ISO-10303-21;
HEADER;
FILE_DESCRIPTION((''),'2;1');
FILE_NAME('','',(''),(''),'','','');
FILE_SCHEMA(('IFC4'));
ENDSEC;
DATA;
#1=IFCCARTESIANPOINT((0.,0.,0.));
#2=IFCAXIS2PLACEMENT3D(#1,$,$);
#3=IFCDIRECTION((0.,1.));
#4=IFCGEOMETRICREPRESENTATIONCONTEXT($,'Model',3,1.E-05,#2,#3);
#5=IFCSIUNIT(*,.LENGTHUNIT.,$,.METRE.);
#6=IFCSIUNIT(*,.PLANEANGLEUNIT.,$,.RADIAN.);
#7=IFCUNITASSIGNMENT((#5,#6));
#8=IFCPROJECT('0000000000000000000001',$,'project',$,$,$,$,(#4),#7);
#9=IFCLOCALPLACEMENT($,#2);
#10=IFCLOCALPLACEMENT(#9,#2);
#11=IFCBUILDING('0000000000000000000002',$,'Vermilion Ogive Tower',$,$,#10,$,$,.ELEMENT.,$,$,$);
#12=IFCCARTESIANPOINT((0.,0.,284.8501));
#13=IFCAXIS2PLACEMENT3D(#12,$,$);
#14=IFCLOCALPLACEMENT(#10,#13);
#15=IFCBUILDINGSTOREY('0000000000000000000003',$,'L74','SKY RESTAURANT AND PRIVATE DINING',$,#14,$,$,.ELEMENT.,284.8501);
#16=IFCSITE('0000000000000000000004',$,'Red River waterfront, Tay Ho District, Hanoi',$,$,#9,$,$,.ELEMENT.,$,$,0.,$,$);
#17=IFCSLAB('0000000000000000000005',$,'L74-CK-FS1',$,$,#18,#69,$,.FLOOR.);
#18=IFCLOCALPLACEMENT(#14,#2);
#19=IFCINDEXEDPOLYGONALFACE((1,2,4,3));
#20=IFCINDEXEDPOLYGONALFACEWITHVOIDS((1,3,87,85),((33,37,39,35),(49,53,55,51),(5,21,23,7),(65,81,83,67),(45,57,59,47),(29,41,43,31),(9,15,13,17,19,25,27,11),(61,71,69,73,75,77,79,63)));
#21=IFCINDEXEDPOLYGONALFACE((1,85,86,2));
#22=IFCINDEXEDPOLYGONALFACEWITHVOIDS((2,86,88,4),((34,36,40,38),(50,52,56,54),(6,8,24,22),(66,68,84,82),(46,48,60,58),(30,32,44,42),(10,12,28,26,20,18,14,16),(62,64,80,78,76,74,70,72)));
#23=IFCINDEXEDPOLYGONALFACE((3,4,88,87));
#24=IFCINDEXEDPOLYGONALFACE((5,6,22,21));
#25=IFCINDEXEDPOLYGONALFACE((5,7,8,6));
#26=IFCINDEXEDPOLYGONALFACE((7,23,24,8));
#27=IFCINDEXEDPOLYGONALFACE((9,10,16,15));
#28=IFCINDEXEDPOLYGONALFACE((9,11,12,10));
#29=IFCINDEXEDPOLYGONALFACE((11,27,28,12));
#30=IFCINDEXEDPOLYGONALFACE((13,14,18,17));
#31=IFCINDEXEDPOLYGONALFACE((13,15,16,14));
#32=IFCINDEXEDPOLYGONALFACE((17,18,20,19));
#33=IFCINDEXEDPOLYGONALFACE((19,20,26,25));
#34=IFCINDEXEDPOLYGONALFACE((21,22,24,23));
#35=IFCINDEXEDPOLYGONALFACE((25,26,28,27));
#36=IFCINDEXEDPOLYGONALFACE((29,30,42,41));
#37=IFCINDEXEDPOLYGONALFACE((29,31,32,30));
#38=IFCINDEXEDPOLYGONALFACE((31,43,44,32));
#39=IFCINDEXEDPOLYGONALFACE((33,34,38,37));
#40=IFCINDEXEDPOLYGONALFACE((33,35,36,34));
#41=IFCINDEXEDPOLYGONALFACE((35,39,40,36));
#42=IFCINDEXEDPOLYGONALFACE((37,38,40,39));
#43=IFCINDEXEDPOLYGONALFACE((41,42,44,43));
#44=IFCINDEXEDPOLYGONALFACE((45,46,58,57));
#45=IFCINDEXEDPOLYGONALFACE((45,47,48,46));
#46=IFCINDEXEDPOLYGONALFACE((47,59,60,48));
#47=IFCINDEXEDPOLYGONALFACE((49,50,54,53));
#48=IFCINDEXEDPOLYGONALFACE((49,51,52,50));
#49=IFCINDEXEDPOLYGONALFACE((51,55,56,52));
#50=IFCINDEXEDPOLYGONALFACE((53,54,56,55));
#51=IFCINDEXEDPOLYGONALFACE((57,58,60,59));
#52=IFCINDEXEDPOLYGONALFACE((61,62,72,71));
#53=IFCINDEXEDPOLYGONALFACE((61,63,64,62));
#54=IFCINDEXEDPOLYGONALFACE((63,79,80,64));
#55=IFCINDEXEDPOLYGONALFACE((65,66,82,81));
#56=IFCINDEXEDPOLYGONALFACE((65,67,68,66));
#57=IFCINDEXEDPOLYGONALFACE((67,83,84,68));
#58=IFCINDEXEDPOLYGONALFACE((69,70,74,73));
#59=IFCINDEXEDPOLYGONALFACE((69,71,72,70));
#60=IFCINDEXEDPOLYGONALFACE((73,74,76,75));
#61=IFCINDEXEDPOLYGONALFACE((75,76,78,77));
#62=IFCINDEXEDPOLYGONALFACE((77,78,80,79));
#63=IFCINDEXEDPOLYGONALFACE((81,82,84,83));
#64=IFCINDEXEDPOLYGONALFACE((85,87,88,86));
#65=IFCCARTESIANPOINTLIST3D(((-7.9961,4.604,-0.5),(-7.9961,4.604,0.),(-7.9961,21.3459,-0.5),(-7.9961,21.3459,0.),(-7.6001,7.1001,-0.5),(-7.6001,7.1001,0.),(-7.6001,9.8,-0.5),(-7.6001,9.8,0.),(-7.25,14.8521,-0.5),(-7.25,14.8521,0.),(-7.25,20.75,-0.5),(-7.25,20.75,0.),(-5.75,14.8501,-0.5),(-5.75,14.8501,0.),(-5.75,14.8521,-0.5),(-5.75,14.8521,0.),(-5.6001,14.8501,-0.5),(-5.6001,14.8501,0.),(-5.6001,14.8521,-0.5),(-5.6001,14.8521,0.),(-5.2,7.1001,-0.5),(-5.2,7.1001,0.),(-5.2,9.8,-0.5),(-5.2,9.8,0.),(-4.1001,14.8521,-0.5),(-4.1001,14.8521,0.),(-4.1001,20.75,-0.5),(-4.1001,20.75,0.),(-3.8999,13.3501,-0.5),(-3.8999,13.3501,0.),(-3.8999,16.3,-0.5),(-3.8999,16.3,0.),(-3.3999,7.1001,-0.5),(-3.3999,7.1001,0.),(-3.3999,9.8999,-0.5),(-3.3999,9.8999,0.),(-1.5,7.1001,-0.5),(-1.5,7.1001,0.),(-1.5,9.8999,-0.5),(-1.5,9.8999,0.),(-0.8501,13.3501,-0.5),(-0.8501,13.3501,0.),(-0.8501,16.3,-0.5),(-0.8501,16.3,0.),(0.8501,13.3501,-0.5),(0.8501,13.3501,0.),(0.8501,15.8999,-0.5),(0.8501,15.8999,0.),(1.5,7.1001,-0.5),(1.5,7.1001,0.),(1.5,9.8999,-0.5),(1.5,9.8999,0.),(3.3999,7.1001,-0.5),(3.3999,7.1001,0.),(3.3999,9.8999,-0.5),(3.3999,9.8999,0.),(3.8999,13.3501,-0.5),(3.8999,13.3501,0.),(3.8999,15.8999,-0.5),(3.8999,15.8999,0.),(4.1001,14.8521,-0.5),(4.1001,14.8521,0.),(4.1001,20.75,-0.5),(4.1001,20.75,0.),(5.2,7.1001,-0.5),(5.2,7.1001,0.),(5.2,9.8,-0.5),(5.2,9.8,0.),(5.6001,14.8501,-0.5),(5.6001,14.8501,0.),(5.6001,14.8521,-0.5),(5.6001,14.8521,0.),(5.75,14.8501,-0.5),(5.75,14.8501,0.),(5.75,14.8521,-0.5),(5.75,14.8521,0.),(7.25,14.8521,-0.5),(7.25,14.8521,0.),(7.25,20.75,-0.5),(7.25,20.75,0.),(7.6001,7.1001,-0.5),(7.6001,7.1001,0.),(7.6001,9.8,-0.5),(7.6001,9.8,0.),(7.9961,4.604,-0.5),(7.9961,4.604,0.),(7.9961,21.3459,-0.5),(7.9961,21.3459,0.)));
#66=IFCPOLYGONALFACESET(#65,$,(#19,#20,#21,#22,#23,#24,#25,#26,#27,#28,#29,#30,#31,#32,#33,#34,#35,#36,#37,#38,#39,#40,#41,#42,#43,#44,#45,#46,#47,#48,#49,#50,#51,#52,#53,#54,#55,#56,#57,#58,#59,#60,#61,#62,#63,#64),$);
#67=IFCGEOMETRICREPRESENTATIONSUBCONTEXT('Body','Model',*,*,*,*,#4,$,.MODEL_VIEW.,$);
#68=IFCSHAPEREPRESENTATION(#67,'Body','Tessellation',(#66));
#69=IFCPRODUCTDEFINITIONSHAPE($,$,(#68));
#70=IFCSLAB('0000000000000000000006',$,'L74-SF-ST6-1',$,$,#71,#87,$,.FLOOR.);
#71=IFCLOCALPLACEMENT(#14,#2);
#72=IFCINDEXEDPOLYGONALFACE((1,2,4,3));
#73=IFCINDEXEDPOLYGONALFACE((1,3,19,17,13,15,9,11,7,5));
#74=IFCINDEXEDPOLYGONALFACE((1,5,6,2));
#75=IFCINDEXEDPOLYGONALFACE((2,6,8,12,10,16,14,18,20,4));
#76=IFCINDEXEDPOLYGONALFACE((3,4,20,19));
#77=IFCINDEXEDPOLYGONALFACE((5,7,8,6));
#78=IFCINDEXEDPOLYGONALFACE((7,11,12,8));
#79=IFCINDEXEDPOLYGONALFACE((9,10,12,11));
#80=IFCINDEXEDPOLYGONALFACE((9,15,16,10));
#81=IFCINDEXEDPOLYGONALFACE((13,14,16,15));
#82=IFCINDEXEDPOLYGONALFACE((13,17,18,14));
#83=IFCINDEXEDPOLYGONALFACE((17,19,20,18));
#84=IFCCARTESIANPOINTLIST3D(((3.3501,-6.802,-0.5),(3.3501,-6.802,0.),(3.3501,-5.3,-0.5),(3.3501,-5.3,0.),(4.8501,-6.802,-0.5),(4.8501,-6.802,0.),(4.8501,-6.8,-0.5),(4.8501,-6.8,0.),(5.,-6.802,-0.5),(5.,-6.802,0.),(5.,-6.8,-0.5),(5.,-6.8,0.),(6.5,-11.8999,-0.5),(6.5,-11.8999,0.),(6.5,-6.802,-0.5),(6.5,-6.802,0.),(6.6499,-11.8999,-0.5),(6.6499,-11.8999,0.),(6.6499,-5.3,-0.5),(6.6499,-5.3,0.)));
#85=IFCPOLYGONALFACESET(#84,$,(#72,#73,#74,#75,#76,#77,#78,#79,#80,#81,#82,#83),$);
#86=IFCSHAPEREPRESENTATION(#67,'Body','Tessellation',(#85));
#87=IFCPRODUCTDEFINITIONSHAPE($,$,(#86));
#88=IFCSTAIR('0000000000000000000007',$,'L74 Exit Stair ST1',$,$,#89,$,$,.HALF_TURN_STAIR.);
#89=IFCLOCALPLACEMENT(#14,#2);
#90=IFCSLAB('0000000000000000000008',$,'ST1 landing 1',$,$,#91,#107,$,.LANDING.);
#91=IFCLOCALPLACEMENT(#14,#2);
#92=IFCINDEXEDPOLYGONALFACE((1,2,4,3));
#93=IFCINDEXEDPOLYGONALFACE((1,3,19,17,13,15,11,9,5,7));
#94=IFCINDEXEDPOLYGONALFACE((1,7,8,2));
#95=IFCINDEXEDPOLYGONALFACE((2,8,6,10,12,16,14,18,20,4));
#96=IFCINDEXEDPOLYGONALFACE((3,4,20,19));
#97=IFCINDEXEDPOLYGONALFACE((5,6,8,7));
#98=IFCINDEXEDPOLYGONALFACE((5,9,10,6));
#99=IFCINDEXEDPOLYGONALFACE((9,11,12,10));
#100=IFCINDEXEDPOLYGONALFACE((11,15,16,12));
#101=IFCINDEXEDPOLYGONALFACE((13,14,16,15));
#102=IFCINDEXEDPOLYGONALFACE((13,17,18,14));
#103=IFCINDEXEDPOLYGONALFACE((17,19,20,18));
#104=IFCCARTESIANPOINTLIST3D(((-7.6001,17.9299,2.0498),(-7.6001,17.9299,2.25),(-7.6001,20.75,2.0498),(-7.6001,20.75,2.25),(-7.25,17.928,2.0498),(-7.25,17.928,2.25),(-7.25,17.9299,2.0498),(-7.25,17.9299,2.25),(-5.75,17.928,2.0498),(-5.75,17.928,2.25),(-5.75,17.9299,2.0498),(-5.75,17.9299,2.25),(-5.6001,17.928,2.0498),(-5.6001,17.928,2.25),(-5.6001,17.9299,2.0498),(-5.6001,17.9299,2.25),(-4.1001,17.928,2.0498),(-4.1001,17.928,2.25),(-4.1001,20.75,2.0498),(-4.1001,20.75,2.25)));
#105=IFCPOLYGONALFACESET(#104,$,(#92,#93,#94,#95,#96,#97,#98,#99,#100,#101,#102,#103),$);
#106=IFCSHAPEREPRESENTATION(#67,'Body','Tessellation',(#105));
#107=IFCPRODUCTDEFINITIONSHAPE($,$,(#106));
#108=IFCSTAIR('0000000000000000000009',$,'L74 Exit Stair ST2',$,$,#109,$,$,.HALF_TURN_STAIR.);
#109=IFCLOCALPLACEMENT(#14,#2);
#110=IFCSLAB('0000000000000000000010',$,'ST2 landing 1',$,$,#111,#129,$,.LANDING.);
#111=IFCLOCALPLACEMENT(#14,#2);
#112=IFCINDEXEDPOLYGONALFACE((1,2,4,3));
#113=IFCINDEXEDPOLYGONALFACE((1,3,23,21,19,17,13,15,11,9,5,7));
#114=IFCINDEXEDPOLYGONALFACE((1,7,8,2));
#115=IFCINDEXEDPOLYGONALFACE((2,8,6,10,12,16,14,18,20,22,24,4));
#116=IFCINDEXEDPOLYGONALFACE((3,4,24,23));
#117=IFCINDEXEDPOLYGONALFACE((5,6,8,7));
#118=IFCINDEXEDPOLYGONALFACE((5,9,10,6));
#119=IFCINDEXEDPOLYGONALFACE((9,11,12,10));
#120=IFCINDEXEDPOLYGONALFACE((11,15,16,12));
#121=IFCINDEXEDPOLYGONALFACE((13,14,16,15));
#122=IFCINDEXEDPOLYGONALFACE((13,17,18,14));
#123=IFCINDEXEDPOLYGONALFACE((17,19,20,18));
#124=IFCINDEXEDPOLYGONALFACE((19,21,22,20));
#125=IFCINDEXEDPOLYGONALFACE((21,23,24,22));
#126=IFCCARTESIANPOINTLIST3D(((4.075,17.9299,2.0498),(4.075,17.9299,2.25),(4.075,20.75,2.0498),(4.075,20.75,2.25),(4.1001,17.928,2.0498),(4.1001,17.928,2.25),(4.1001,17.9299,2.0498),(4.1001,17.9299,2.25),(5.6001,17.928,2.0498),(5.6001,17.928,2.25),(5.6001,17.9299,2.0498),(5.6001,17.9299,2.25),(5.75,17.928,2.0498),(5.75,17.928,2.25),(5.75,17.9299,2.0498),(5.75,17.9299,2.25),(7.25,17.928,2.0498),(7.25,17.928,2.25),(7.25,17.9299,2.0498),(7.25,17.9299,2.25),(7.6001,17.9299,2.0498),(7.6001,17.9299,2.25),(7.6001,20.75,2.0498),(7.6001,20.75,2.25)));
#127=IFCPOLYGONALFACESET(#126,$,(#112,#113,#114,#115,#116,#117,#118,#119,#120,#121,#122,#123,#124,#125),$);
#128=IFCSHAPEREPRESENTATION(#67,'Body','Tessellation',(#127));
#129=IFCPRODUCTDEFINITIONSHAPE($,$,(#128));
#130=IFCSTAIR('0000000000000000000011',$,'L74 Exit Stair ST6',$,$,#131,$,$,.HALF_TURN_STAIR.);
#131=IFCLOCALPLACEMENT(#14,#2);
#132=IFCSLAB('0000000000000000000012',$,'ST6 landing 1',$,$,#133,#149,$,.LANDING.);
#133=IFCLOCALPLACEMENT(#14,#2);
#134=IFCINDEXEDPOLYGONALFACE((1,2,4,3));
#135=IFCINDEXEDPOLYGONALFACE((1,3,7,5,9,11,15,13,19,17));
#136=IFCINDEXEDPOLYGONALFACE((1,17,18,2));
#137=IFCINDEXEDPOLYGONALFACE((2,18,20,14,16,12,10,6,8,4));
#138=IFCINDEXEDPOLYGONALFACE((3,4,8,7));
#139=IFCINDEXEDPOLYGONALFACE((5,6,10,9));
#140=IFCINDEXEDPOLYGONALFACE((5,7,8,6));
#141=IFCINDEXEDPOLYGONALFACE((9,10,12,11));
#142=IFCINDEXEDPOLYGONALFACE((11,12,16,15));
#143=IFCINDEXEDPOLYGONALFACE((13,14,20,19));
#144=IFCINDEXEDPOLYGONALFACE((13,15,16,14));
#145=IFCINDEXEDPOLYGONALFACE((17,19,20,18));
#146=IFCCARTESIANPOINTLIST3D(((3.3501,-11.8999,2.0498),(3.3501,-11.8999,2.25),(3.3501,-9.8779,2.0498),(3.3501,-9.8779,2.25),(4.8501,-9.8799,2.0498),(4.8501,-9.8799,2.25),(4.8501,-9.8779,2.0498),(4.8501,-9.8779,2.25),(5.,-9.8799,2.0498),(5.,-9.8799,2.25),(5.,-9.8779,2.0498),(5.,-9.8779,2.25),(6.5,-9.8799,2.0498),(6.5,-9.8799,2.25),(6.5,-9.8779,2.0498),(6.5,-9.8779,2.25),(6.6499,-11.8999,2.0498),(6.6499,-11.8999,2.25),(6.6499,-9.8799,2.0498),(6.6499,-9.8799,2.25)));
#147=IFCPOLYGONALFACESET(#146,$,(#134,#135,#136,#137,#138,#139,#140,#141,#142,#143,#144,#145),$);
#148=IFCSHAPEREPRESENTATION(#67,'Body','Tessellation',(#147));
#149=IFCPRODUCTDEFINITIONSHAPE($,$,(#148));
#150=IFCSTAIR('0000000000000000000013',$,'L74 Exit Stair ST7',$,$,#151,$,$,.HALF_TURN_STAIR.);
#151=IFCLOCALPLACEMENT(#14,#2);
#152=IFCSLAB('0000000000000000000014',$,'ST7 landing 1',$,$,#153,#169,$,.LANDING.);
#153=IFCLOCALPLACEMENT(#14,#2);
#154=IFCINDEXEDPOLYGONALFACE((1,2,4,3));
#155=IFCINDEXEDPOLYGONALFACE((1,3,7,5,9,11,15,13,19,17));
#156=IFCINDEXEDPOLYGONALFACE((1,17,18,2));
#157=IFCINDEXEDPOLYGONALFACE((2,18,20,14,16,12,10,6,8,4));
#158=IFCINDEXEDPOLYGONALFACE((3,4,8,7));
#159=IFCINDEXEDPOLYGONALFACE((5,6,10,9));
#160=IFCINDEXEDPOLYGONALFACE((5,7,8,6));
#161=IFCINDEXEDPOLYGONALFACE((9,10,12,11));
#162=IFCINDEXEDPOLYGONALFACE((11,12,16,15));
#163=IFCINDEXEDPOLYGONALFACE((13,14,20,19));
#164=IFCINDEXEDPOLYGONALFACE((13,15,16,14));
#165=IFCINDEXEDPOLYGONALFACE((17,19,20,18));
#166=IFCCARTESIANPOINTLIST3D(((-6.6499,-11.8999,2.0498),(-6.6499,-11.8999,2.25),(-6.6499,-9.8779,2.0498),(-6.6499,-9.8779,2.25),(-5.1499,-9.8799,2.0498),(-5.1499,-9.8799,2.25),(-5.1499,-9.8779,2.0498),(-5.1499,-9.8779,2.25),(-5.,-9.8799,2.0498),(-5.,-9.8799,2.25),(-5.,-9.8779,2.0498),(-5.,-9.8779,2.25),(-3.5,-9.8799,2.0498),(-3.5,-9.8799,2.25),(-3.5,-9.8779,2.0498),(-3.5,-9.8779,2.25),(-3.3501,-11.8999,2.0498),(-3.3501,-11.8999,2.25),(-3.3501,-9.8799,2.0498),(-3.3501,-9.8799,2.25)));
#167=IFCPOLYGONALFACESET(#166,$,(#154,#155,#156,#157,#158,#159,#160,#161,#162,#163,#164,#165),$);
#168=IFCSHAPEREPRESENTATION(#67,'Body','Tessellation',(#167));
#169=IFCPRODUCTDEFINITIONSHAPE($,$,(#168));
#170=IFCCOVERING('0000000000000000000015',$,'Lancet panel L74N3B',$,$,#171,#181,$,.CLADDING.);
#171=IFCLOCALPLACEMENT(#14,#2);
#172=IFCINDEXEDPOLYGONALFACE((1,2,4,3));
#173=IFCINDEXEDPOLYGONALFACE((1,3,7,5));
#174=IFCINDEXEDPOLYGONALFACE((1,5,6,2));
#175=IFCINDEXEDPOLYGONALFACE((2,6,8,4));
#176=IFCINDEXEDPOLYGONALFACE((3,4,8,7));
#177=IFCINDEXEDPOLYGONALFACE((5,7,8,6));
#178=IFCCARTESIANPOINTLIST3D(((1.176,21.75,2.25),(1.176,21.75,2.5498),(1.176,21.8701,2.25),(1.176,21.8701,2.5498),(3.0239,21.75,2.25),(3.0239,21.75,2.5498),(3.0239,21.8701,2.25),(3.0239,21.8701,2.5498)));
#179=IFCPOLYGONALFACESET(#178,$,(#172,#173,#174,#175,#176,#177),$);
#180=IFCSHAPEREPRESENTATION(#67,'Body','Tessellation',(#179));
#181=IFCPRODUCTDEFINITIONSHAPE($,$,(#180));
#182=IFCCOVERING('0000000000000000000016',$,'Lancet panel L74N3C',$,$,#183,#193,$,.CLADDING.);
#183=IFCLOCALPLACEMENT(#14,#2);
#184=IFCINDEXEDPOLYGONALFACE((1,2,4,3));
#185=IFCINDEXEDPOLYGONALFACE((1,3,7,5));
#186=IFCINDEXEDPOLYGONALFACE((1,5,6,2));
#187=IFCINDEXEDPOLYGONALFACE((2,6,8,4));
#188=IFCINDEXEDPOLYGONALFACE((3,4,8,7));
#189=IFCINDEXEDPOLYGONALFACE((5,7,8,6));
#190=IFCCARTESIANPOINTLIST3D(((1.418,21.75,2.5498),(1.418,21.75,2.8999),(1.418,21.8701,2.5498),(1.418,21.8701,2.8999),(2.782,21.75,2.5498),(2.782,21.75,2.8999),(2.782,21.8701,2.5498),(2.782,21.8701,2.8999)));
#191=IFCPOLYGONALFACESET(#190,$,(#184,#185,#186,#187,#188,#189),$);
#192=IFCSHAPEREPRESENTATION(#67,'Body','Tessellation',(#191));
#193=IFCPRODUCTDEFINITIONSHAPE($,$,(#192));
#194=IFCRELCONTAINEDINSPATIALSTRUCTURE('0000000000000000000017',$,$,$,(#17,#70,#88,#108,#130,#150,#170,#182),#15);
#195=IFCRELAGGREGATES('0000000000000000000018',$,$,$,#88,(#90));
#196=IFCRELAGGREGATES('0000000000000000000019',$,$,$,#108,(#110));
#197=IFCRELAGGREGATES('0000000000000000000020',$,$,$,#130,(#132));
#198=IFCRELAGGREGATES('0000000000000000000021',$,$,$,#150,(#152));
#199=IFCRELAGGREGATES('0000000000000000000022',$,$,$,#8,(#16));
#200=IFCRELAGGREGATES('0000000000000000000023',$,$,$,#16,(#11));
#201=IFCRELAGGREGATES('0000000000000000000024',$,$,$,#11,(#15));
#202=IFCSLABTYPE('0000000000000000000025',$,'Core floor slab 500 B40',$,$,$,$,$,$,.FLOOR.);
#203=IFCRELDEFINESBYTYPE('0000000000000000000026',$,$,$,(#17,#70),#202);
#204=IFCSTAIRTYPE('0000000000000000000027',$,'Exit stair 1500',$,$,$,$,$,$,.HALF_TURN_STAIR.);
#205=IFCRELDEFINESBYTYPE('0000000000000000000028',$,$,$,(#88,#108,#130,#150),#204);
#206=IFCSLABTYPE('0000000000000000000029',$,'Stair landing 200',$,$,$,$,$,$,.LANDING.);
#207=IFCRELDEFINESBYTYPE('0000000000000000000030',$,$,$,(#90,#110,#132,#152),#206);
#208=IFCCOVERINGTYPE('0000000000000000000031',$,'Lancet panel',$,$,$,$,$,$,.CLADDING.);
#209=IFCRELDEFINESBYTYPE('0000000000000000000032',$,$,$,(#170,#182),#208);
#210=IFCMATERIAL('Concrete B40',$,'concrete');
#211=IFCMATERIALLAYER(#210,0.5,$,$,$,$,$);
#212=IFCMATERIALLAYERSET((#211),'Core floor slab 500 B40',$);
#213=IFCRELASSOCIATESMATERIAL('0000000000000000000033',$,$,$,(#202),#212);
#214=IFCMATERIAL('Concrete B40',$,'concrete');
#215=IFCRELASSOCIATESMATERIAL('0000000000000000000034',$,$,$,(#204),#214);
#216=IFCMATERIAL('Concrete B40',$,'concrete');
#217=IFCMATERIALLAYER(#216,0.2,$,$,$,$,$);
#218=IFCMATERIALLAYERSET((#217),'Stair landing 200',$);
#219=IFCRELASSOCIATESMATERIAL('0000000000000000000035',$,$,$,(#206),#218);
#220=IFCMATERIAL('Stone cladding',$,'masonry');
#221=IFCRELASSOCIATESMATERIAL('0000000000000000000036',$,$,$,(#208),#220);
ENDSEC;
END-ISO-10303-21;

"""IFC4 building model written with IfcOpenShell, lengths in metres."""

from ifc_helpers import new_model, si_unit, direction, frame, origin, place, context, subcontext, project, spatial, polyline, outline, extrude, material, layer, layer_set, type_object, element, aggregate, save


model = new_model("IFC4")

# Units and contexts
model_context = context("Model", 3, precision=1e-05, world=origin(), true_north=direction((0.0, 1.0)))
body_context = subcontext(model_context, "Body", "Model", "MODEL_VIEW")
ifc_project = project(units=[si_unit("LENGTHUNIT", "METRE"), si_unit("PLANEANGLEUNIT", "RADIAN")], contexts=[model_context])

# Site, building, storey
site_placement = place(None, origin())
site = spatial("IfcSite", under=ifc_project, at=site_placement, Name="Red River waterfront, Tay Ho District, Hanoi", CompositionType="ELEMENT", RefElevation=0.0)
building_placement = place(site_placement, origin())
building = spatial("IfcBuilding", under=site, at=building_placement, Name="Vermilion Ogive Tower", CompositionType="ELEMENT")
storey_placement = place(building_placement, frame((0.0, 0.0, 284.8501)))
storey = spatial("IfcBuildingStorey", under=building, at=storey_placement, Name="L74", Description="SKY RESTAURANT AND PRIVATE DINING", CompositionType="ELEMENT", Elevation=284.8501)

# Slabs
ifc_material_1 = material(Name="Concrete B40", Category="concrete")
ifc_layer_1 = layer(ifc_material_1, 0.5)
ifc_layer_set_1 = layer_set([ifc_layer_1], Name="Core floor slab 500 B40")
slab_type_1 = type_object("IfcSlabType", Name="Core floor slab 500 B40", PredefinedType="FLOOR", material=ifc_layer_set_1)
slab_1_placement = place(storey_placement, frame((0.0, 0.0, -0.5)))
element("IfcSlab", 1, at=slab_1_placement, inside=storey, type_object=slab_type_1, Name="L74-CK-FS1", PredefinedType="FLOOR", context=body_context, shape_type="SweptSolid", body=[
    extrude(outline(polyline([(7.9961, 21.3459), (-7.9961, 21.3459), (-7.9961, 4.604), (7.9961, 4.604), (7.9961, 21.3459)]), holes=[polyline([(-7.6001, 9.8), (-5.2, 9.8), (-5.2, 7.1001), (-7.6001, 7.1001), (-7.6001, 9.8)]), polyline([(7.6001, 9.8), (7.6001, 7.1001), (5.2, 7.1001), (5.2, 9.8), (7.6001, 9.8)]), polyline([(-1.5, 9.8999), (-1.5, 7.1001), (-3.3999, 7.1001), (-3.3999, 9.8999), (-1.5, 9.8999)]), polyline([(1.5, 9.8999), (3.3999, 9.8999), (3.3999, 7.1001), (1.5, 7.1001), (1.5, 9.8999)]), polyline([(0.8501, 15.8999), (3.8999, 15.8999), (3.8999, 13.3501), (0.8501, 13.3501), (0.8501, 15.8999)]), polyline([(-3.8999, 16.3), (-0.8501, 16.3), (-0.8501, 13.3501), (-3.8999, 13.3501), (-3.8999, 16.3)]), polyline([(-7.25, 14.8521), (-7.25, 20.75), (-4.1001, 20.75), (-4.1001, 14.8521), (-5.6001, 14.8521), (-5.6001, 14.8501), (-5.75, 14.8501), (-5.75, 14.8521), (-7.25, 14.8521)]), polyline([(5.75, 14.8501), (5.6001, 14.8501), (5.6001, 14.8521), (4.1001, 14.8521), (4.1001, 20.75), (7.25, 20.75), (7.25, 14.8521), (5.75, 14.8521), (5.75, 14.8501)])]), origin(), (0.0, 0.0, 1.0), 0.5),
])
slab_2_placement = place(storey_placement, frame((0.0, 0.0, -0.5)))
element("IfcSlab", 2, at=slab_2_placement, inside=storey, type_object=slab_type_1, Name="L74-SF-ST6-1", PredefinedType="FLOOR", context=body_context, shape_type="SweptSolid", body=[
    extrude(outline(polyline([(3.3501, -5.3), (3.3501, -6.802), (4.8501, -6.802), (4.8501, -6.8), (5.0, -6.8), (5.0, -6.802), (6.5, -6.802), (6.5, -11.8999), (6.6499, -11.8999), (6.6499, -5.3), (3.3501, -5.3)])), origin(), (0.0, 0.0, 1.0), 0.5),
])

# Stairs, slabs
ifc_material_2 = material(Name="Concrete B40", Category="concrete")
stair_type = type_object("IfcStairType", Name="Exit stair 1500", PredefinedType="HALF_TURN_STAIR", material=ifc_material_2)
stair_1_placement = place(storey_placement, origin())
stair_1 = element("IfcStair", 3, at=stair_1_placement, inside=storey, type_object=stair_type, Name="L74 Exit Stair ST1", PredefinedType="HALF_TURN_STAIR")
ifc_material_3 = material(Name="Concrete B40", Category="concrete")
ifc_layer_2 = layer(ifc_material_3, 0.2)
ifc_layer_set_2 = layer_set([ifc_layer_2], Name="Stair landing 200")
slab_type_2 = type_object("IfcSlabType", Name="Stair landing 200", PredefinedType="LANDING", material=ifc_layer_set_2)
slab_3_placement = place(storey_placement, frame((0.0, 0.0, 2.0498)))
slab_3 = element("IfcSlab", 4, at=slab_3_placement, type_object=slab_type_2, Name="ST1 landing 1", PredefinedType="LANDING", context=body_context, shape_type="SweptSolid", body=[
    extrude(outline(polyline([(-7.6001, 17.9299), (-7.25, 17.9299), (-7.25, 17.928), (-5.75, 17.928), (-5.75, 17.9299), (-5.6001, 17.9299), (-5.6001, 17.928), (-4.1001, 17.928), (-4.1001, 20.75), (-7.6001, 20.75), (-7.6001, 17.9299)])), origin(), (0.0, 0.0, 1.0), 0.2002),
])
aggregate(stair_1, [slab_3])
stair_2_placement = place(storey_placement, origin())
stair_2 = element("IfcStair", 5, at=stair_2_placement, inside=storey, type_object=stair_type, Name="L74 Exit Stair ST2", PredefinedType="HALF_TURN_STAIR")
slab_4_placement = place(storey_placement, frame((0.0, 0.0, 2.0498)))
slab_4 = element("IfcSlab", 6, at=slab_4_placement, type_object=slab_type_2, Name="ST2 landing 1", PredefinedType="LANDING", context=body_context, shape_type="SweptSolid", body=[
    extrude(outline(polyline([(5.6001, 17.9299), (5.75, 17.9299), (5.75, 17.928), (7.25, 17.928), (7.25, 17.9299), (7.6001, 17.9299), (7.6001, 20.75), (4.075, 20.75), (4.075, 17.9299), (4.1001, 17.9299), (4.1001, 17.928), (5.6001, 17.928), (5.6001, 17.9299)])), origin(), (0.0, 0.0, 1.0), 0.2002),
])
aggregate(stair_2, [slab_4])
stair_3_placement = place(storey_placement, origin())
stair_3 = element("IfcStair", 7, at=stair_3_placement, inside=storey, type_object=stair_type, Name="L74 Exit Stair ST6", PredefinedType="HALF_TURN_STAIR")
slab_5_placement = place(storey_placement, frame((0.0, 0.0, 2.0498)))
slab_5 = element("IfcSlab", 8, at=slab_5_placement, type_object=slab_type_2, Name="ST6 landing 1", PredefinedType="LANDING", context=body_context, shape_type="SweptSolid", body=[
    extrude(outline(polyline([(6.6499, -9.8799), (6.5, -9.8799), (6.5, -9.8779), (5.0, -9.8779), (5.0, -9.8799), (4.8501, -9.8799), (4.8501, -9.8779), (3.3501, -9.8779), (3.3501, -11.8999), (6.6499, -11.8999), (6.6499, -9.8799)])), origin(), (0.0, 0.0, 1.0), 0.2002),
])
aggregate(stair_3, [slab_5])
stair_4_placement = place(storey_placement, origin())
stair_4 = element("IfcStair", 9, at=stair_4_placement, inside=storey, type_object=stair_type, Name="L74 Exit Stair ST7", PredefinedType="HALF_TURN_STAIR")
slab_6_placement = place(storey_placement, frame((0.0, 0.0, 2.0498)))
slab_6 = element("IfcSlab", 10, at=slab_6_placement, type_object=slab_type_2, Name="ST7 landing 1", PredefinedType="LANDING", context=body_context, shape_type="SweptSolid", body=[
    extrude(outline(polyline([(-3.3501, -9.8799), (-3.5, -9.8799), (-3.5, -9.8779), (-5.0, -9.8779), (-5.0, -9.8799), (-5.1499, -9.8799), (-5.1499, -9.8779), (-6.6499, -9.8779), (-6.6499, -11.8999), (-3.3501, -11.8999), (-3.3501, -9.8799)])), origin(), (0.0, 0.0, 1.0), 0.2002),
])
aggregate(stair_4, [slab_6])

# Coverings
ifc_material_4 = material(Name="Stone cladding", Category="masonry")
covering_type = type_object("IfcCoveringType", Name="Lancet panel", PredefinedType="CLADDING", material=ifc_material_4)
covering_1_placement = place(storey_placement, frame((0.0, 0.0, 2.25)))
element("IfcCovering", 11, at=covering_1_placement, inside=storey, type_object=covering_type, Name="Lancet panel L74N3B", PredefinedType="CLADDING", context=body_context, shape_type="SweptSolid", body=[
    extrude(outline(polyline([(1.176, 21.75), (3.0239, 21.75), (3.0239, 21.8701), (1.176, 21.8701), (1.176, 21.75)])), origin(), (0.0, 0.0, 1.0), 0.2998),
])
covering_2_placement = place(storey_placement, frame((0.0, 0.0, 2.5498)))
element("IfcCovering", 12, at=covering_2_placement, inside=storey, type_object=covering_type, Name="Lancet panel L74N3C", PredefinedType="CLADDING", context=body_context, shape_type="SweptSolid", body=[
    extrude(outline(polyline([(1.418, 21.75), (2.782, 21.75), (2.782, 21.8701), (1.418, 21.8701), (1.418, 21.75)])), origin(), (0.0, 0.0, 1.0), 0.3501),
])

save(model, "model.ifc")
